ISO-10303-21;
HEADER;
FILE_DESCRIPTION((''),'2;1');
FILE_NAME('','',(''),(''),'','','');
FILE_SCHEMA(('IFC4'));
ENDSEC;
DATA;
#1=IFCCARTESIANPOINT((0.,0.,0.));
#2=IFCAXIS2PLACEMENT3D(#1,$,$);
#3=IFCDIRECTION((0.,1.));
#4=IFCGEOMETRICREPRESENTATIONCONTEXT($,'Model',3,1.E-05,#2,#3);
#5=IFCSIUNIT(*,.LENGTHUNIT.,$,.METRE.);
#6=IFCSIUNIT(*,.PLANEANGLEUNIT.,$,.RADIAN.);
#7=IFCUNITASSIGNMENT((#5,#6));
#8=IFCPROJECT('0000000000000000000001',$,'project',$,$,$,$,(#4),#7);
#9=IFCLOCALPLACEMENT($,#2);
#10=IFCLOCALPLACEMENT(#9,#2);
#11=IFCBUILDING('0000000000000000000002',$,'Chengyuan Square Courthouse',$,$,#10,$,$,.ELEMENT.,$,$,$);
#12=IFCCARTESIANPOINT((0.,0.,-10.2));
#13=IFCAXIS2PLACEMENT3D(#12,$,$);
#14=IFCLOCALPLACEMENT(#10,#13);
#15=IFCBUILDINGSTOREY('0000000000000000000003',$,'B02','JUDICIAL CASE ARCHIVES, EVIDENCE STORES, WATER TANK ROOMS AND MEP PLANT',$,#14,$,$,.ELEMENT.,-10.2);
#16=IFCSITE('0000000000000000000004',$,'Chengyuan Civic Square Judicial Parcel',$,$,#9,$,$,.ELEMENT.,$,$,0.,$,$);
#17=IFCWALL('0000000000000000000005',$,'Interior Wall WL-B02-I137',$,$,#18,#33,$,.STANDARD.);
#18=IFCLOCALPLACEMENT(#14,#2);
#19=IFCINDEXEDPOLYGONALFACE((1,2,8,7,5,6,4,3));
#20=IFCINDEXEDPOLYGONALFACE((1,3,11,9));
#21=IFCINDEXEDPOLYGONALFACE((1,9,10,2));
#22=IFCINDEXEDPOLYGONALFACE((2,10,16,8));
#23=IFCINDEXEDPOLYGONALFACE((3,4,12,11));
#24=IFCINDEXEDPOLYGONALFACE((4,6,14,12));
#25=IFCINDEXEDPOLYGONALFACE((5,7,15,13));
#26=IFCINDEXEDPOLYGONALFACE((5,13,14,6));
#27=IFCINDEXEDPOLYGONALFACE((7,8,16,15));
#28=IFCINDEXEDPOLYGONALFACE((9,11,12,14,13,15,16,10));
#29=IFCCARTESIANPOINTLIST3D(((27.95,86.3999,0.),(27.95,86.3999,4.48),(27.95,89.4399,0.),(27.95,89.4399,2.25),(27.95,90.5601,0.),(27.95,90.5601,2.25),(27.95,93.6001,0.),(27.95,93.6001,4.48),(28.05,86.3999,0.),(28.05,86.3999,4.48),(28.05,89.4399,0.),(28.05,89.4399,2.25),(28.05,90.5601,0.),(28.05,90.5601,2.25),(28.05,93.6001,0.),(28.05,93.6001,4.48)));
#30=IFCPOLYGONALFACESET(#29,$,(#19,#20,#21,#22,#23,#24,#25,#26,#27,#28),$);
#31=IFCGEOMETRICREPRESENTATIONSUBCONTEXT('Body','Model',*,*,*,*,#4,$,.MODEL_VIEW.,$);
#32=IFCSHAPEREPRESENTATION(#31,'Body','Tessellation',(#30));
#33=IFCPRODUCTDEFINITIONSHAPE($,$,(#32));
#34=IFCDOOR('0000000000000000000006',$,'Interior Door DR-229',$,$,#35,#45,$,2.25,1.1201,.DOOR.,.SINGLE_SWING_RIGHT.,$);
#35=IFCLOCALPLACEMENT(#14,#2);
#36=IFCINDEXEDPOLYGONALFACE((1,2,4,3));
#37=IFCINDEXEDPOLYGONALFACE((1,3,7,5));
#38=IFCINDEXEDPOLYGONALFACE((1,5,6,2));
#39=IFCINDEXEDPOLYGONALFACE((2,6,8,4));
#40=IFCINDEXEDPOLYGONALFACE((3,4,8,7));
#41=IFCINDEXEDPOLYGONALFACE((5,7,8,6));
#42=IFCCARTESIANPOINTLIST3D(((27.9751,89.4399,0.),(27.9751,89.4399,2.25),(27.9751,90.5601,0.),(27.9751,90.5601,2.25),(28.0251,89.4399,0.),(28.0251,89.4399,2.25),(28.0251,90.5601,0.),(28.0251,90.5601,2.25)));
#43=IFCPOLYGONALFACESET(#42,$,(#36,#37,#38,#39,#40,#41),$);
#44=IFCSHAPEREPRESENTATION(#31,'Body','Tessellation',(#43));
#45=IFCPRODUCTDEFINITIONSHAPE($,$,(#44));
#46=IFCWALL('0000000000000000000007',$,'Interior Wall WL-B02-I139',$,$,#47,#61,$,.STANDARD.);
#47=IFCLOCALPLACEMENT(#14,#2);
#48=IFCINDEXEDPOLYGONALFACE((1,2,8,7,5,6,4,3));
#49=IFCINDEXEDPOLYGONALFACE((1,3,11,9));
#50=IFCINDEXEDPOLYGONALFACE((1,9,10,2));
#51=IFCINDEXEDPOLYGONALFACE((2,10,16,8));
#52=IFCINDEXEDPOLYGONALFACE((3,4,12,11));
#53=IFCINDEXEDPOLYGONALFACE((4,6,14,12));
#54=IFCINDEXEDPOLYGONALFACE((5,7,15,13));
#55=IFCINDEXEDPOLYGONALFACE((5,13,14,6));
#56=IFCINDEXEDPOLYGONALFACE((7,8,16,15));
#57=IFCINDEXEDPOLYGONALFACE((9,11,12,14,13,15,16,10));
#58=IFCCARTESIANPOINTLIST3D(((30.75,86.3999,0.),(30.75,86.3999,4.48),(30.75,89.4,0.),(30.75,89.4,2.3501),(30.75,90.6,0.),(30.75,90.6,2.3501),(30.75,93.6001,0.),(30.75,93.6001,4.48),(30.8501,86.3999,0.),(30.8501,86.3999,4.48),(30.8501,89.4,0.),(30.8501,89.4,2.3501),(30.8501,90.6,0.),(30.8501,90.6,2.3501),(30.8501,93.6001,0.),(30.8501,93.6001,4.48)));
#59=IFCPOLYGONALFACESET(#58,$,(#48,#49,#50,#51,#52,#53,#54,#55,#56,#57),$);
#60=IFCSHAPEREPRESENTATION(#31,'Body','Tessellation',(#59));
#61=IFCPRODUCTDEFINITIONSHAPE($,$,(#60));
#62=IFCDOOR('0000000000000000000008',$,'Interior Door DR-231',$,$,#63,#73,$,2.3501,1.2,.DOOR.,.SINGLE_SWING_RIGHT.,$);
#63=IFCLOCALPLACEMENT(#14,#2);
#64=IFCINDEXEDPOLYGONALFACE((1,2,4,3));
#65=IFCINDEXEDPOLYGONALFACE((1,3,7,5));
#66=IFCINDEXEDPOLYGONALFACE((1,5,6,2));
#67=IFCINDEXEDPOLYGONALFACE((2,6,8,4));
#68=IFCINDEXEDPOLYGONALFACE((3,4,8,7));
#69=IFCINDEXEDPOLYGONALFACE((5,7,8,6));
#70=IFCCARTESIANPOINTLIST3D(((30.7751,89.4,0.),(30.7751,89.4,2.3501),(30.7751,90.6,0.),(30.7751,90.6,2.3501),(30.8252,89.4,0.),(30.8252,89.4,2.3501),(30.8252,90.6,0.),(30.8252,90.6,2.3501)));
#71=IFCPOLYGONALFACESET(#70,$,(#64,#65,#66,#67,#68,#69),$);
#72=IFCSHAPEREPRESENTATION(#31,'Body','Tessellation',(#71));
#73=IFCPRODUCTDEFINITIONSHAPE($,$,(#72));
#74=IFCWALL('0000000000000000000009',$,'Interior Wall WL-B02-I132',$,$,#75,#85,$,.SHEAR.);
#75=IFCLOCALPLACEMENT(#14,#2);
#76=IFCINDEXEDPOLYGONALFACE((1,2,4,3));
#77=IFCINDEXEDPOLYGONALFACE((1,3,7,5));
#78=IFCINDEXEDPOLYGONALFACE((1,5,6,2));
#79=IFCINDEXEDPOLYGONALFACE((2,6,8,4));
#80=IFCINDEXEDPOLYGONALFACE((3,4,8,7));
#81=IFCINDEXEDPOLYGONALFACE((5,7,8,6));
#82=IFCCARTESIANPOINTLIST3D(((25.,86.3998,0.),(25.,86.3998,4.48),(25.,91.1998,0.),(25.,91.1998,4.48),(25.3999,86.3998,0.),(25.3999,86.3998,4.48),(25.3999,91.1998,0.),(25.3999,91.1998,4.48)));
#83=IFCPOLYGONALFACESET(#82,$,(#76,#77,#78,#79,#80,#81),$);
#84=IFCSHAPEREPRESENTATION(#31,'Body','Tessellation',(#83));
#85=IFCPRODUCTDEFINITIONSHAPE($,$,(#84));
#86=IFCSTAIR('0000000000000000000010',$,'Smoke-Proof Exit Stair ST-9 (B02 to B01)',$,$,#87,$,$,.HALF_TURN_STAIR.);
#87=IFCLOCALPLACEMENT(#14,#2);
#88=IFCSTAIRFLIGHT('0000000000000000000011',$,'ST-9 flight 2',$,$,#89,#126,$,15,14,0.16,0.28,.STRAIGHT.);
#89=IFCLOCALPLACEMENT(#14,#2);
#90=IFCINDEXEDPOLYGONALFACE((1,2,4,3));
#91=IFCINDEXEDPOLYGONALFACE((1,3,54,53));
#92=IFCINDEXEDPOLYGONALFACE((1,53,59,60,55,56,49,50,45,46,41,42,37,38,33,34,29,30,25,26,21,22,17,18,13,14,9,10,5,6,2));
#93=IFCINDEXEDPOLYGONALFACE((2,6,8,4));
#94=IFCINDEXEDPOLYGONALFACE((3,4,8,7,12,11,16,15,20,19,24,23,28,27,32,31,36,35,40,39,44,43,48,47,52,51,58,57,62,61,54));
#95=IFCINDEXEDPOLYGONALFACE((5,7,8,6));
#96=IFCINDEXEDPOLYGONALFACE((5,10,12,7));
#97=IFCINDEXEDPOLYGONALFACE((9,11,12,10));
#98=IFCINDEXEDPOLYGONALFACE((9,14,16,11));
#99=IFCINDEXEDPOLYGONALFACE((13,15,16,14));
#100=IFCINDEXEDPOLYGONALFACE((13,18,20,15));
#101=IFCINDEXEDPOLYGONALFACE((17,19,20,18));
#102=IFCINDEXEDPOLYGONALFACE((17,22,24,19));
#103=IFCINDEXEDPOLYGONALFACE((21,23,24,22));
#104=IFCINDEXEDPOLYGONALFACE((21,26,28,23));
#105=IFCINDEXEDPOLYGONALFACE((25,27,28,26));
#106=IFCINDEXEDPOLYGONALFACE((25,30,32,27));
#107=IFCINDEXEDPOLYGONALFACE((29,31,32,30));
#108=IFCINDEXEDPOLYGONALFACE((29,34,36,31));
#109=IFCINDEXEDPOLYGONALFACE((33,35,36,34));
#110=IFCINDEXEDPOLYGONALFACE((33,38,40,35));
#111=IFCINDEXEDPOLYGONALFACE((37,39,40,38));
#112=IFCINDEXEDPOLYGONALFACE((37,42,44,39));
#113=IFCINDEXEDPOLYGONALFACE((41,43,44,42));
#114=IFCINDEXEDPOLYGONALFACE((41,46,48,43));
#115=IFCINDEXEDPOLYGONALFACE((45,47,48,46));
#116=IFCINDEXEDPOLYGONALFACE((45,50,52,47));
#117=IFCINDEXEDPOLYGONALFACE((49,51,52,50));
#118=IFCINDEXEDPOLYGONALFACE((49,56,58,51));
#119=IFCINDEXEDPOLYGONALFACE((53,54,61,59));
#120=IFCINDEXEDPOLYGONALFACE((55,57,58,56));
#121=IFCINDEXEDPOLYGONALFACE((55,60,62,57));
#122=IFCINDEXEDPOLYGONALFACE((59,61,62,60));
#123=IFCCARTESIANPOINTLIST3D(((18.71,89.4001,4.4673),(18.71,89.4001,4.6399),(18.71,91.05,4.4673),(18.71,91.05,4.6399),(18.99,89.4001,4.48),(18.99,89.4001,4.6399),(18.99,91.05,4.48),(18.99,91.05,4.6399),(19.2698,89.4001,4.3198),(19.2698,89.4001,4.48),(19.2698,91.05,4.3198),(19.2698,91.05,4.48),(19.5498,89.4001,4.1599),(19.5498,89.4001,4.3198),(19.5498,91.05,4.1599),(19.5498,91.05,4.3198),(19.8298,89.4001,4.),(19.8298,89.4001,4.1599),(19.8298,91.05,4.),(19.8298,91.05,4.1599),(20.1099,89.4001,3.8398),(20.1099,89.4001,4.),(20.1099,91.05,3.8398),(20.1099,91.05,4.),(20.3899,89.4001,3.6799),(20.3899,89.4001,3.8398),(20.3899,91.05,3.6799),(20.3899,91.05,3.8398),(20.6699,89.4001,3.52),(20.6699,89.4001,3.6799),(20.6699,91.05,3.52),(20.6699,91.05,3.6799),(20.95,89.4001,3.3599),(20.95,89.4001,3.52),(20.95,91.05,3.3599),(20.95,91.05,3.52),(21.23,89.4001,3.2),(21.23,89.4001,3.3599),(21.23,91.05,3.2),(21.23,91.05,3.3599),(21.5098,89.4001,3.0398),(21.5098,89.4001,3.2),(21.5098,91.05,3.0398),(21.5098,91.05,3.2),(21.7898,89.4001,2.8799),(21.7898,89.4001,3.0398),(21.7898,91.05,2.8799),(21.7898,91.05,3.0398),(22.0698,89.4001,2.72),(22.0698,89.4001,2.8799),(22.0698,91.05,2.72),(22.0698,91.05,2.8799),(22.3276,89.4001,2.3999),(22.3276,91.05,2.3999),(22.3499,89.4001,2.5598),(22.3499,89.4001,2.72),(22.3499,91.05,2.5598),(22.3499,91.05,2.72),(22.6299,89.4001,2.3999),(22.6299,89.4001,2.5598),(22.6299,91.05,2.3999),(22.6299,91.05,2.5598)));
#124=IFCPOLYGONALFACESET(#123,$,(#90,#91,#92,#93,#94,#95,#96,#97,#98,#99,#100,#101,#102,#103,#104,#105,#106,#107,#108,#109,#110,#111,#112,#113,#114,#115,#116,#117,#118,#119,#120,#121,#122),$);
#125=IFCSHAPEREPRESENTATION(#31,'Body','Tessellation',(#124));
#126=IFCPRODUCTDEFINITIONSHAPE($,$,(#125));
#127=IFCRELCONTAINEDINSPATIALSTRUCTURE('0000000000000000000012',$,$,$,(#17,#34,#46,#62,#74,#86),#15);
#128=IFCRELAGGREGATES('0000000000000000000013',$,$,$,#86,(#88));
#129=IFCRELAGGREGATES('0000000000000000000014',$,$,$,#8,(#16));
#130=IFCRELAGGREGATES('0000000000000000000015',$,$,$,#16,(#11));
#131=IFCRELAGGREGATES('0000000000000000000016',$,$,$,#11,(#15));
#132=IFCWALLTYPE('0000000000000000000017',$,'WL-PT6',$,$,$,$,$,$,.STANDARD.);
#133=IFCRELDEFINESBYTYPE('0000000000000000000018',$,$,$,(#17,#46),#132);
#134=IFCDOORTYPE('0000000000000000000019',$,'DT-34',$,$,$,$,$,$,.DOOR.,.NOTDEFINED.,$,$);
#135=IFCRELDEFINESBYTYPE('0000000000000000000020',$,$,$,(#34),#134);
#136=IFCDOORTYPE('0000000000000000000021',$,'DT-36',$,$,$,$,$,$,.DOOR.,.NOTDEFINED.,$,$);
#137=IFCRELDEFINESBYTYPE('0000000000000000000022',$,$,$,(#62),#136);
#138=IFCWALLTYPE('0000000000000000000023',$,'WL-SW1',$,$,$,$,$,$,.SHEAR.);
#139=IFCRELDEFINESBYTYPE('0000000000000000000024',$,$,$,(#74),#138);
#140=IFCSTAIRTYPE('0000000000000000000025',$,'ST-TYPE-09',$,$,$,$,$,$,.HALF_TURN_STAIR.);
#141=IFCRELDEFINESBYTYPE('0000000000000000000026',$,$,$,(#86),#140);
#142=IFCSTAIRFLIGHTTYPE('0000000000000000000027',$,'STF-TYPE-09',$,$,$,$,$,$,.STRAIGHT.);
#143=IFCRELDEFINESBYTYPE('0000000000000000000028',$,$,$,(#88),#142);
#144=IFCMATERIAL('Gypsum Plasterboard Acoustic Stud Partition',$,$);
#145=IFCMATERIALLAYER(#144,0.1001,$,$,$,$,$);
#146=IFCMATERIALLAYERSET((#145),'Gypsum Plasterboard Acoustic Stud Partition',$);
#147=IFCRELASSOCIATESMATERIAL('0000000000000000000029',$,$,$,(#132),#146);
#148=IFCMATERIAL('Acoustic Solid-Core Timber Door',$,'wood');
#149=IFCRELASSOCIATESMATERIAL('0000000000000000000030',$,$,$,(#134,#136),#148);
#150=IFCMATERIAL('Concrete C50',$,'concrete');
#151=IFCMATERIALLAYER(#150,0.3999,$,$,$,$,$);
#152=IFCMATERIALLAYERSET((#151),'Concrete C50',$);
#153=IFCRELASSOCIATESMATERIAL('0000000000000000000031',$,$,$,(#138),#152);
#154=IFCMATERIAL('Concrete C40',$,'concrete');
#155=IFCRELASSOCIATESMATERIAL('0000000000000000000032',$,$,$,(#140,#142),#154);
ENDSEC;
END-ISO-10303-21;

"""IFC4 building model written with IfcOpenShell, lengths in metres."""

from ifc_helpers import new_model, si_unit, direction, frame, frame_2d, origin, place, context, subcontext, project, spatial, polyline, rectangle, outline, extrude, material, layer, layer_set, type_object, element, fill, aggregate, save


model = new_model("IFC4")

# Units and contexts
model_context = context("Model", 3, precision=1e-05, world=origin(), true_north=direction((0.0, 1.0)))
body_context = subcontext(model_context, "Body", "Model", "MODEL_VIEW")
ifc_project = project(units=[si_unit("LENGTHUNIT", "METRE"), si_unit("PLANEANGLEUNIT", "RADIAN")], contexts=[model_context])

# Site, building, storey
site_placement = place(None, origin())
site = spatial("IfcSite", under=ifc_project, at=site_placement, Name="Chengyuan Civic Square Judicial Parcel", CompositionType="ELEMENT", RefElevation=0.0)
building_placement = place(site_placement, origin())
building = spatial("IfcBuilding", under=site, at=building_placement, Name="Chengyuan Square Courthouse", CompositionType="ELEMENT")
storey_placement = place(building_placement, frame((0.0, 0.0, -10.2)))
storey = spatial("IfcBuildingStorey", under=building, at=storey_placement, Name="B02", Description="JUDICIAL CASE ARCHIVES, EVIDENCE STORES, WATER TANK ROOMS AND MEP PLANT", CompositionType="ELEMENT", Elevation=-10.2)

# Shared definitions
ifc_material_1 = material(Name="Concrete C40", Category="concrete")

# Shared definitions
ifc_material_2 = material(Name="Concrete C50", Category="concrete")

# Shared definitions
ifc_material_3 = material(Name="Gypsum Plasterboard Acoustic Stud Partition")
ifc_layer_1 = layer(ifc_material_3, 0.1001)
ifc_layer_set_1 = layer_set([ifc_layer_1], Name="Gypsum Plasterboard Acoustic Stud Partition")
wall_type_1 = type_object("IfcWallType", Name="WL-PT6", PredefinedType="STANDARD", material=ifc_layer_set_1)
ifc_material_4 = material(Name="Acoustic Solid-Core Timber Door", Category="wood")

# Walls, openings, doors
wall_1_placement = place(storey_placement, frame((28.0, 86.3999, 0.0), z_axis=(0.0, 0.0, 1.0), x_axis=(0.0, 1.0, 0.0)))
wall_1 = element("IfcWall", 1, at=wall_1_placement, inside=storey, type_object=wall_type_1, Name="Interior Wall WL-B02-I137", PredefinedType="STANDARD", context=body_context, shape_type="SweptSolid", body=[
    extrude(rectangle(XDim=7.2002, YDim=0.1001, at=frame_2d((3.6001, 0.0))), origin(), (0.0, 0.0, 1.0), 4.48),
])
opening_1_placement = place(wall_1_placement, frame((3.04, 0.0, 0.0)))
opening_1 = element("IfcOpeningElement", 2, at=opening_1_placement, cuts=wall_1, PredefinedType="OPENING", context=body_context, shape_type="SweptSolid", body=[
    extrude(rectangle(XDim=1.1201, YDim=2.25, at=frame_2d((0.5601, 1.125))), frame((0.0, 0.062, 0.0), z_axis=(0.0, -1.0, 0.0), x_axis=(1.0, 0.0, 0.0)), (0.0, 0.0, 1.0), 0.124),
])
door_type_1 = type_object("IfcDoorType", Name="DT-34", OperationType="NOTDEFINED", PredefinedType="DOOR", material=ifc_material_4)
door_1_placement = place(opening_1_placement, origin())
door_1 = element("IfcDoor", 3, at=door_1_placement, inside=storey, type_object=door_type_1, Name="Interior Door DR-229", OperationType="SINGLE_SWING_RIGHT", OverallHeight=2.25, OverallWidth=1.1201, PredefinedType="DOOR", context=body_context, shape_type="SweptSolid", body=[
    extrude(rectangle(XDim=1.1201, YDim=2.25, at=frame_2d((0.5601, 1.125))), frame((0.0, 0.0249, 0.0), z_axis=(0.0, -1.0, 0.0), x_axis=(1.0, 0.0, 0.0)), (0.0, 0.0, 1.0), 0.05),
])
fill(opening_1, door_1)
wall_2_placement = place(storey_placement, frame((30.8, 86.3999, 0.0), z_axis=(0.0, 0.0, 1.0), x_axis=(0.0, 1.0, 0.0)))
wall_2 = element("IfcWall", 4, at=wall_2_placement, inside=storey, type_object=wall_type_1, Name="Interior Wall WL-B02-I139", PredefinedType="STANDARD", context=body_context, shape_type="SweptSolid", body=[
    extrude(rectangle(XDim=7.2002, YDim=0.1001, at=frame_2d((3.6001, 0.0))), origin(), (0.0, 0.0, 1.0), 4.48),
])
opening_2_placement = place(wall_2_placement, frame((3.0, 0.0, 0.0)))
opening_2 = element("IfcOpeningElement", 5, at=opening_2_placement, cuts=wall_2, PredefinedType="OPENING", context=body_context, shape_type="SweptSolid", body=[
    extrude(rectangle(XDim=1.2, YDim=2.3501, at=frame_2d((0.6001, 1.175))), frame((0.0, 0.062, 0.0), z_axis=(0.0, -1.0, 0.0), x_axis=(1.0, 0.0, 0.0)), (0.0, 0.0, 1.0), 0.124),
])
door_type_2 = type_object("IfcDoorType", Name="DT-36", OperationType="NOTDEFINED", PredefinedType="DOOR", material=ifc_material_4)
door_2_placement = place(opening_2_placement, origin())
door_2 = element("IfcDoor", 6, at=door_2_placement, inside=storey, type_object=door_type_2, Name="Interior Door DR-231", OperationType="SINGLE_SWING_RIGHT", OverallHeight=2.3501, OverallWidth=1.2, PredefinedType="DOOR", context=body_context, shape_type="SweptSolid", body=[
    extrude(rectangle(XDim=1.2, YDim=2.3501, at=frame_2d((0.6001, 1.175))), frame((0.0, 0.0249, 0.0), z_axis=(0.0, -1.0, 0.0), x_axis=(1.0, 0.0, 0.0)), (0.0, 0.0, 1.0), 0.05),
])
fill(opening_2, door_2)

# Wall
ifc_layer_2 = layer(ifc_material_2, 0.3999)
ifc_layer_set_2 = layer_set([ifc_layer_2], Name="Concrete C50")
wall_type_2 = type_object("IfcWallType", Name="WL-SW1", PredefinedType="SHEAR", material=ifc_layer_set_2)
wall_3_placement = place(storey_placement, frame((25.2, 86.3999, 0.0), z_axis=(0.0, 0.0, 1.0), x_axis=(0.0, 1.0, 0.0)))
element("IfcWall", 7, at=wall_3_placement, inside=storey, type_object=wall_type_2, Name="Interior Wall WL-B02-I132", PredefinedType="SHEAR", context=body_context, shape_type="SweptSolid", body=[
    extrude(rectangle(XDim=4.8, YDim=0.3999, at=frame_2d((2.3999, 0.0))), origin(), (0.0, 0.0, 1.0), 4.48),
])

# Stair, stair flight
stair_type = type_object("IfcStairType", Name="ST-TYPE-09", PredefinedType="HALF_TURN_STAIR", material=ifc_material_1)
stair_placement = place(storey_placement, origin())
stair = element("IfcStair", 8, at=stair_placement, inside=storey, type_object=stair_type, Name="Smoke-Proof Exit Stair ST-9 (B02 to B01)", PredefinedType="HALF_TURN_STAIR")
stair_flight_type = type_object("IfcStairFlightType", Name="STF-TYPE-09", PredefinedType="STRAIGHT", material=ifc_material_1)
stair_flight_placement = place(storey_placement, frame((22.6299, 90.2251, 2.3999), z_axis=(0.0, 0.0, 1.0), x_axis=(-1.0, 0.0, 0.0)))
stair_flight = element("IfcStairFlight", 9, at=stair_flight_placement, type_object=stair_flight_type, Name="ST-9 flight 2", NumberOfRisers=15, NumberOfTreads=14, PredefinedType="STRAIGHT", RiserHeight=0.16, TreadLength=0.28, context=body_context, shape_type="SweptSolid", body=[
    extrude(outline(polyline([(0.0, 0.0), (0.0, 0.1599), (0.28, 0.1599), (0.28, 0.3201), (0.5601, 0.3201), (0.5601, 0.48), (0.8401, 0.48), (0.8401, 0.6399), (1.1201, 0.6399), (1.1201, 0.8), (1.3999, 0.8), (1.3999, 0.96), (1.6799, 0.96), (1.6799, 1.1201), (1.96, 1.1201), (1.96, 1.28), (2.24, 1.28), (2.24, 1.4399), (2.52, 1.4399), (2.52, 1.6001), (2.8, 1.6001), (2.8, 1.76), (3.0801, 1.76), (3.0801, 1.9199), (3.3601, 1.9199), (3.3601, 2.0801), (3.6399, 2.0801), (3.6399, 2.24), (3.9199, 2.24), (3.9199, 2.3999), (3.9199, 2.0674), (0.3022, 0.0), (0.0, 0.0)])), frame((0.0, 0.825, 0.0), z_axis=(0.0, -1.0, 0.0), x_axis=(1.0, 0.0, 0.0)), (0.0, 0.0, 1.0), 1.6499),
])
aggregate(stair, [stair_flight])

save(model, "model.ifc")
